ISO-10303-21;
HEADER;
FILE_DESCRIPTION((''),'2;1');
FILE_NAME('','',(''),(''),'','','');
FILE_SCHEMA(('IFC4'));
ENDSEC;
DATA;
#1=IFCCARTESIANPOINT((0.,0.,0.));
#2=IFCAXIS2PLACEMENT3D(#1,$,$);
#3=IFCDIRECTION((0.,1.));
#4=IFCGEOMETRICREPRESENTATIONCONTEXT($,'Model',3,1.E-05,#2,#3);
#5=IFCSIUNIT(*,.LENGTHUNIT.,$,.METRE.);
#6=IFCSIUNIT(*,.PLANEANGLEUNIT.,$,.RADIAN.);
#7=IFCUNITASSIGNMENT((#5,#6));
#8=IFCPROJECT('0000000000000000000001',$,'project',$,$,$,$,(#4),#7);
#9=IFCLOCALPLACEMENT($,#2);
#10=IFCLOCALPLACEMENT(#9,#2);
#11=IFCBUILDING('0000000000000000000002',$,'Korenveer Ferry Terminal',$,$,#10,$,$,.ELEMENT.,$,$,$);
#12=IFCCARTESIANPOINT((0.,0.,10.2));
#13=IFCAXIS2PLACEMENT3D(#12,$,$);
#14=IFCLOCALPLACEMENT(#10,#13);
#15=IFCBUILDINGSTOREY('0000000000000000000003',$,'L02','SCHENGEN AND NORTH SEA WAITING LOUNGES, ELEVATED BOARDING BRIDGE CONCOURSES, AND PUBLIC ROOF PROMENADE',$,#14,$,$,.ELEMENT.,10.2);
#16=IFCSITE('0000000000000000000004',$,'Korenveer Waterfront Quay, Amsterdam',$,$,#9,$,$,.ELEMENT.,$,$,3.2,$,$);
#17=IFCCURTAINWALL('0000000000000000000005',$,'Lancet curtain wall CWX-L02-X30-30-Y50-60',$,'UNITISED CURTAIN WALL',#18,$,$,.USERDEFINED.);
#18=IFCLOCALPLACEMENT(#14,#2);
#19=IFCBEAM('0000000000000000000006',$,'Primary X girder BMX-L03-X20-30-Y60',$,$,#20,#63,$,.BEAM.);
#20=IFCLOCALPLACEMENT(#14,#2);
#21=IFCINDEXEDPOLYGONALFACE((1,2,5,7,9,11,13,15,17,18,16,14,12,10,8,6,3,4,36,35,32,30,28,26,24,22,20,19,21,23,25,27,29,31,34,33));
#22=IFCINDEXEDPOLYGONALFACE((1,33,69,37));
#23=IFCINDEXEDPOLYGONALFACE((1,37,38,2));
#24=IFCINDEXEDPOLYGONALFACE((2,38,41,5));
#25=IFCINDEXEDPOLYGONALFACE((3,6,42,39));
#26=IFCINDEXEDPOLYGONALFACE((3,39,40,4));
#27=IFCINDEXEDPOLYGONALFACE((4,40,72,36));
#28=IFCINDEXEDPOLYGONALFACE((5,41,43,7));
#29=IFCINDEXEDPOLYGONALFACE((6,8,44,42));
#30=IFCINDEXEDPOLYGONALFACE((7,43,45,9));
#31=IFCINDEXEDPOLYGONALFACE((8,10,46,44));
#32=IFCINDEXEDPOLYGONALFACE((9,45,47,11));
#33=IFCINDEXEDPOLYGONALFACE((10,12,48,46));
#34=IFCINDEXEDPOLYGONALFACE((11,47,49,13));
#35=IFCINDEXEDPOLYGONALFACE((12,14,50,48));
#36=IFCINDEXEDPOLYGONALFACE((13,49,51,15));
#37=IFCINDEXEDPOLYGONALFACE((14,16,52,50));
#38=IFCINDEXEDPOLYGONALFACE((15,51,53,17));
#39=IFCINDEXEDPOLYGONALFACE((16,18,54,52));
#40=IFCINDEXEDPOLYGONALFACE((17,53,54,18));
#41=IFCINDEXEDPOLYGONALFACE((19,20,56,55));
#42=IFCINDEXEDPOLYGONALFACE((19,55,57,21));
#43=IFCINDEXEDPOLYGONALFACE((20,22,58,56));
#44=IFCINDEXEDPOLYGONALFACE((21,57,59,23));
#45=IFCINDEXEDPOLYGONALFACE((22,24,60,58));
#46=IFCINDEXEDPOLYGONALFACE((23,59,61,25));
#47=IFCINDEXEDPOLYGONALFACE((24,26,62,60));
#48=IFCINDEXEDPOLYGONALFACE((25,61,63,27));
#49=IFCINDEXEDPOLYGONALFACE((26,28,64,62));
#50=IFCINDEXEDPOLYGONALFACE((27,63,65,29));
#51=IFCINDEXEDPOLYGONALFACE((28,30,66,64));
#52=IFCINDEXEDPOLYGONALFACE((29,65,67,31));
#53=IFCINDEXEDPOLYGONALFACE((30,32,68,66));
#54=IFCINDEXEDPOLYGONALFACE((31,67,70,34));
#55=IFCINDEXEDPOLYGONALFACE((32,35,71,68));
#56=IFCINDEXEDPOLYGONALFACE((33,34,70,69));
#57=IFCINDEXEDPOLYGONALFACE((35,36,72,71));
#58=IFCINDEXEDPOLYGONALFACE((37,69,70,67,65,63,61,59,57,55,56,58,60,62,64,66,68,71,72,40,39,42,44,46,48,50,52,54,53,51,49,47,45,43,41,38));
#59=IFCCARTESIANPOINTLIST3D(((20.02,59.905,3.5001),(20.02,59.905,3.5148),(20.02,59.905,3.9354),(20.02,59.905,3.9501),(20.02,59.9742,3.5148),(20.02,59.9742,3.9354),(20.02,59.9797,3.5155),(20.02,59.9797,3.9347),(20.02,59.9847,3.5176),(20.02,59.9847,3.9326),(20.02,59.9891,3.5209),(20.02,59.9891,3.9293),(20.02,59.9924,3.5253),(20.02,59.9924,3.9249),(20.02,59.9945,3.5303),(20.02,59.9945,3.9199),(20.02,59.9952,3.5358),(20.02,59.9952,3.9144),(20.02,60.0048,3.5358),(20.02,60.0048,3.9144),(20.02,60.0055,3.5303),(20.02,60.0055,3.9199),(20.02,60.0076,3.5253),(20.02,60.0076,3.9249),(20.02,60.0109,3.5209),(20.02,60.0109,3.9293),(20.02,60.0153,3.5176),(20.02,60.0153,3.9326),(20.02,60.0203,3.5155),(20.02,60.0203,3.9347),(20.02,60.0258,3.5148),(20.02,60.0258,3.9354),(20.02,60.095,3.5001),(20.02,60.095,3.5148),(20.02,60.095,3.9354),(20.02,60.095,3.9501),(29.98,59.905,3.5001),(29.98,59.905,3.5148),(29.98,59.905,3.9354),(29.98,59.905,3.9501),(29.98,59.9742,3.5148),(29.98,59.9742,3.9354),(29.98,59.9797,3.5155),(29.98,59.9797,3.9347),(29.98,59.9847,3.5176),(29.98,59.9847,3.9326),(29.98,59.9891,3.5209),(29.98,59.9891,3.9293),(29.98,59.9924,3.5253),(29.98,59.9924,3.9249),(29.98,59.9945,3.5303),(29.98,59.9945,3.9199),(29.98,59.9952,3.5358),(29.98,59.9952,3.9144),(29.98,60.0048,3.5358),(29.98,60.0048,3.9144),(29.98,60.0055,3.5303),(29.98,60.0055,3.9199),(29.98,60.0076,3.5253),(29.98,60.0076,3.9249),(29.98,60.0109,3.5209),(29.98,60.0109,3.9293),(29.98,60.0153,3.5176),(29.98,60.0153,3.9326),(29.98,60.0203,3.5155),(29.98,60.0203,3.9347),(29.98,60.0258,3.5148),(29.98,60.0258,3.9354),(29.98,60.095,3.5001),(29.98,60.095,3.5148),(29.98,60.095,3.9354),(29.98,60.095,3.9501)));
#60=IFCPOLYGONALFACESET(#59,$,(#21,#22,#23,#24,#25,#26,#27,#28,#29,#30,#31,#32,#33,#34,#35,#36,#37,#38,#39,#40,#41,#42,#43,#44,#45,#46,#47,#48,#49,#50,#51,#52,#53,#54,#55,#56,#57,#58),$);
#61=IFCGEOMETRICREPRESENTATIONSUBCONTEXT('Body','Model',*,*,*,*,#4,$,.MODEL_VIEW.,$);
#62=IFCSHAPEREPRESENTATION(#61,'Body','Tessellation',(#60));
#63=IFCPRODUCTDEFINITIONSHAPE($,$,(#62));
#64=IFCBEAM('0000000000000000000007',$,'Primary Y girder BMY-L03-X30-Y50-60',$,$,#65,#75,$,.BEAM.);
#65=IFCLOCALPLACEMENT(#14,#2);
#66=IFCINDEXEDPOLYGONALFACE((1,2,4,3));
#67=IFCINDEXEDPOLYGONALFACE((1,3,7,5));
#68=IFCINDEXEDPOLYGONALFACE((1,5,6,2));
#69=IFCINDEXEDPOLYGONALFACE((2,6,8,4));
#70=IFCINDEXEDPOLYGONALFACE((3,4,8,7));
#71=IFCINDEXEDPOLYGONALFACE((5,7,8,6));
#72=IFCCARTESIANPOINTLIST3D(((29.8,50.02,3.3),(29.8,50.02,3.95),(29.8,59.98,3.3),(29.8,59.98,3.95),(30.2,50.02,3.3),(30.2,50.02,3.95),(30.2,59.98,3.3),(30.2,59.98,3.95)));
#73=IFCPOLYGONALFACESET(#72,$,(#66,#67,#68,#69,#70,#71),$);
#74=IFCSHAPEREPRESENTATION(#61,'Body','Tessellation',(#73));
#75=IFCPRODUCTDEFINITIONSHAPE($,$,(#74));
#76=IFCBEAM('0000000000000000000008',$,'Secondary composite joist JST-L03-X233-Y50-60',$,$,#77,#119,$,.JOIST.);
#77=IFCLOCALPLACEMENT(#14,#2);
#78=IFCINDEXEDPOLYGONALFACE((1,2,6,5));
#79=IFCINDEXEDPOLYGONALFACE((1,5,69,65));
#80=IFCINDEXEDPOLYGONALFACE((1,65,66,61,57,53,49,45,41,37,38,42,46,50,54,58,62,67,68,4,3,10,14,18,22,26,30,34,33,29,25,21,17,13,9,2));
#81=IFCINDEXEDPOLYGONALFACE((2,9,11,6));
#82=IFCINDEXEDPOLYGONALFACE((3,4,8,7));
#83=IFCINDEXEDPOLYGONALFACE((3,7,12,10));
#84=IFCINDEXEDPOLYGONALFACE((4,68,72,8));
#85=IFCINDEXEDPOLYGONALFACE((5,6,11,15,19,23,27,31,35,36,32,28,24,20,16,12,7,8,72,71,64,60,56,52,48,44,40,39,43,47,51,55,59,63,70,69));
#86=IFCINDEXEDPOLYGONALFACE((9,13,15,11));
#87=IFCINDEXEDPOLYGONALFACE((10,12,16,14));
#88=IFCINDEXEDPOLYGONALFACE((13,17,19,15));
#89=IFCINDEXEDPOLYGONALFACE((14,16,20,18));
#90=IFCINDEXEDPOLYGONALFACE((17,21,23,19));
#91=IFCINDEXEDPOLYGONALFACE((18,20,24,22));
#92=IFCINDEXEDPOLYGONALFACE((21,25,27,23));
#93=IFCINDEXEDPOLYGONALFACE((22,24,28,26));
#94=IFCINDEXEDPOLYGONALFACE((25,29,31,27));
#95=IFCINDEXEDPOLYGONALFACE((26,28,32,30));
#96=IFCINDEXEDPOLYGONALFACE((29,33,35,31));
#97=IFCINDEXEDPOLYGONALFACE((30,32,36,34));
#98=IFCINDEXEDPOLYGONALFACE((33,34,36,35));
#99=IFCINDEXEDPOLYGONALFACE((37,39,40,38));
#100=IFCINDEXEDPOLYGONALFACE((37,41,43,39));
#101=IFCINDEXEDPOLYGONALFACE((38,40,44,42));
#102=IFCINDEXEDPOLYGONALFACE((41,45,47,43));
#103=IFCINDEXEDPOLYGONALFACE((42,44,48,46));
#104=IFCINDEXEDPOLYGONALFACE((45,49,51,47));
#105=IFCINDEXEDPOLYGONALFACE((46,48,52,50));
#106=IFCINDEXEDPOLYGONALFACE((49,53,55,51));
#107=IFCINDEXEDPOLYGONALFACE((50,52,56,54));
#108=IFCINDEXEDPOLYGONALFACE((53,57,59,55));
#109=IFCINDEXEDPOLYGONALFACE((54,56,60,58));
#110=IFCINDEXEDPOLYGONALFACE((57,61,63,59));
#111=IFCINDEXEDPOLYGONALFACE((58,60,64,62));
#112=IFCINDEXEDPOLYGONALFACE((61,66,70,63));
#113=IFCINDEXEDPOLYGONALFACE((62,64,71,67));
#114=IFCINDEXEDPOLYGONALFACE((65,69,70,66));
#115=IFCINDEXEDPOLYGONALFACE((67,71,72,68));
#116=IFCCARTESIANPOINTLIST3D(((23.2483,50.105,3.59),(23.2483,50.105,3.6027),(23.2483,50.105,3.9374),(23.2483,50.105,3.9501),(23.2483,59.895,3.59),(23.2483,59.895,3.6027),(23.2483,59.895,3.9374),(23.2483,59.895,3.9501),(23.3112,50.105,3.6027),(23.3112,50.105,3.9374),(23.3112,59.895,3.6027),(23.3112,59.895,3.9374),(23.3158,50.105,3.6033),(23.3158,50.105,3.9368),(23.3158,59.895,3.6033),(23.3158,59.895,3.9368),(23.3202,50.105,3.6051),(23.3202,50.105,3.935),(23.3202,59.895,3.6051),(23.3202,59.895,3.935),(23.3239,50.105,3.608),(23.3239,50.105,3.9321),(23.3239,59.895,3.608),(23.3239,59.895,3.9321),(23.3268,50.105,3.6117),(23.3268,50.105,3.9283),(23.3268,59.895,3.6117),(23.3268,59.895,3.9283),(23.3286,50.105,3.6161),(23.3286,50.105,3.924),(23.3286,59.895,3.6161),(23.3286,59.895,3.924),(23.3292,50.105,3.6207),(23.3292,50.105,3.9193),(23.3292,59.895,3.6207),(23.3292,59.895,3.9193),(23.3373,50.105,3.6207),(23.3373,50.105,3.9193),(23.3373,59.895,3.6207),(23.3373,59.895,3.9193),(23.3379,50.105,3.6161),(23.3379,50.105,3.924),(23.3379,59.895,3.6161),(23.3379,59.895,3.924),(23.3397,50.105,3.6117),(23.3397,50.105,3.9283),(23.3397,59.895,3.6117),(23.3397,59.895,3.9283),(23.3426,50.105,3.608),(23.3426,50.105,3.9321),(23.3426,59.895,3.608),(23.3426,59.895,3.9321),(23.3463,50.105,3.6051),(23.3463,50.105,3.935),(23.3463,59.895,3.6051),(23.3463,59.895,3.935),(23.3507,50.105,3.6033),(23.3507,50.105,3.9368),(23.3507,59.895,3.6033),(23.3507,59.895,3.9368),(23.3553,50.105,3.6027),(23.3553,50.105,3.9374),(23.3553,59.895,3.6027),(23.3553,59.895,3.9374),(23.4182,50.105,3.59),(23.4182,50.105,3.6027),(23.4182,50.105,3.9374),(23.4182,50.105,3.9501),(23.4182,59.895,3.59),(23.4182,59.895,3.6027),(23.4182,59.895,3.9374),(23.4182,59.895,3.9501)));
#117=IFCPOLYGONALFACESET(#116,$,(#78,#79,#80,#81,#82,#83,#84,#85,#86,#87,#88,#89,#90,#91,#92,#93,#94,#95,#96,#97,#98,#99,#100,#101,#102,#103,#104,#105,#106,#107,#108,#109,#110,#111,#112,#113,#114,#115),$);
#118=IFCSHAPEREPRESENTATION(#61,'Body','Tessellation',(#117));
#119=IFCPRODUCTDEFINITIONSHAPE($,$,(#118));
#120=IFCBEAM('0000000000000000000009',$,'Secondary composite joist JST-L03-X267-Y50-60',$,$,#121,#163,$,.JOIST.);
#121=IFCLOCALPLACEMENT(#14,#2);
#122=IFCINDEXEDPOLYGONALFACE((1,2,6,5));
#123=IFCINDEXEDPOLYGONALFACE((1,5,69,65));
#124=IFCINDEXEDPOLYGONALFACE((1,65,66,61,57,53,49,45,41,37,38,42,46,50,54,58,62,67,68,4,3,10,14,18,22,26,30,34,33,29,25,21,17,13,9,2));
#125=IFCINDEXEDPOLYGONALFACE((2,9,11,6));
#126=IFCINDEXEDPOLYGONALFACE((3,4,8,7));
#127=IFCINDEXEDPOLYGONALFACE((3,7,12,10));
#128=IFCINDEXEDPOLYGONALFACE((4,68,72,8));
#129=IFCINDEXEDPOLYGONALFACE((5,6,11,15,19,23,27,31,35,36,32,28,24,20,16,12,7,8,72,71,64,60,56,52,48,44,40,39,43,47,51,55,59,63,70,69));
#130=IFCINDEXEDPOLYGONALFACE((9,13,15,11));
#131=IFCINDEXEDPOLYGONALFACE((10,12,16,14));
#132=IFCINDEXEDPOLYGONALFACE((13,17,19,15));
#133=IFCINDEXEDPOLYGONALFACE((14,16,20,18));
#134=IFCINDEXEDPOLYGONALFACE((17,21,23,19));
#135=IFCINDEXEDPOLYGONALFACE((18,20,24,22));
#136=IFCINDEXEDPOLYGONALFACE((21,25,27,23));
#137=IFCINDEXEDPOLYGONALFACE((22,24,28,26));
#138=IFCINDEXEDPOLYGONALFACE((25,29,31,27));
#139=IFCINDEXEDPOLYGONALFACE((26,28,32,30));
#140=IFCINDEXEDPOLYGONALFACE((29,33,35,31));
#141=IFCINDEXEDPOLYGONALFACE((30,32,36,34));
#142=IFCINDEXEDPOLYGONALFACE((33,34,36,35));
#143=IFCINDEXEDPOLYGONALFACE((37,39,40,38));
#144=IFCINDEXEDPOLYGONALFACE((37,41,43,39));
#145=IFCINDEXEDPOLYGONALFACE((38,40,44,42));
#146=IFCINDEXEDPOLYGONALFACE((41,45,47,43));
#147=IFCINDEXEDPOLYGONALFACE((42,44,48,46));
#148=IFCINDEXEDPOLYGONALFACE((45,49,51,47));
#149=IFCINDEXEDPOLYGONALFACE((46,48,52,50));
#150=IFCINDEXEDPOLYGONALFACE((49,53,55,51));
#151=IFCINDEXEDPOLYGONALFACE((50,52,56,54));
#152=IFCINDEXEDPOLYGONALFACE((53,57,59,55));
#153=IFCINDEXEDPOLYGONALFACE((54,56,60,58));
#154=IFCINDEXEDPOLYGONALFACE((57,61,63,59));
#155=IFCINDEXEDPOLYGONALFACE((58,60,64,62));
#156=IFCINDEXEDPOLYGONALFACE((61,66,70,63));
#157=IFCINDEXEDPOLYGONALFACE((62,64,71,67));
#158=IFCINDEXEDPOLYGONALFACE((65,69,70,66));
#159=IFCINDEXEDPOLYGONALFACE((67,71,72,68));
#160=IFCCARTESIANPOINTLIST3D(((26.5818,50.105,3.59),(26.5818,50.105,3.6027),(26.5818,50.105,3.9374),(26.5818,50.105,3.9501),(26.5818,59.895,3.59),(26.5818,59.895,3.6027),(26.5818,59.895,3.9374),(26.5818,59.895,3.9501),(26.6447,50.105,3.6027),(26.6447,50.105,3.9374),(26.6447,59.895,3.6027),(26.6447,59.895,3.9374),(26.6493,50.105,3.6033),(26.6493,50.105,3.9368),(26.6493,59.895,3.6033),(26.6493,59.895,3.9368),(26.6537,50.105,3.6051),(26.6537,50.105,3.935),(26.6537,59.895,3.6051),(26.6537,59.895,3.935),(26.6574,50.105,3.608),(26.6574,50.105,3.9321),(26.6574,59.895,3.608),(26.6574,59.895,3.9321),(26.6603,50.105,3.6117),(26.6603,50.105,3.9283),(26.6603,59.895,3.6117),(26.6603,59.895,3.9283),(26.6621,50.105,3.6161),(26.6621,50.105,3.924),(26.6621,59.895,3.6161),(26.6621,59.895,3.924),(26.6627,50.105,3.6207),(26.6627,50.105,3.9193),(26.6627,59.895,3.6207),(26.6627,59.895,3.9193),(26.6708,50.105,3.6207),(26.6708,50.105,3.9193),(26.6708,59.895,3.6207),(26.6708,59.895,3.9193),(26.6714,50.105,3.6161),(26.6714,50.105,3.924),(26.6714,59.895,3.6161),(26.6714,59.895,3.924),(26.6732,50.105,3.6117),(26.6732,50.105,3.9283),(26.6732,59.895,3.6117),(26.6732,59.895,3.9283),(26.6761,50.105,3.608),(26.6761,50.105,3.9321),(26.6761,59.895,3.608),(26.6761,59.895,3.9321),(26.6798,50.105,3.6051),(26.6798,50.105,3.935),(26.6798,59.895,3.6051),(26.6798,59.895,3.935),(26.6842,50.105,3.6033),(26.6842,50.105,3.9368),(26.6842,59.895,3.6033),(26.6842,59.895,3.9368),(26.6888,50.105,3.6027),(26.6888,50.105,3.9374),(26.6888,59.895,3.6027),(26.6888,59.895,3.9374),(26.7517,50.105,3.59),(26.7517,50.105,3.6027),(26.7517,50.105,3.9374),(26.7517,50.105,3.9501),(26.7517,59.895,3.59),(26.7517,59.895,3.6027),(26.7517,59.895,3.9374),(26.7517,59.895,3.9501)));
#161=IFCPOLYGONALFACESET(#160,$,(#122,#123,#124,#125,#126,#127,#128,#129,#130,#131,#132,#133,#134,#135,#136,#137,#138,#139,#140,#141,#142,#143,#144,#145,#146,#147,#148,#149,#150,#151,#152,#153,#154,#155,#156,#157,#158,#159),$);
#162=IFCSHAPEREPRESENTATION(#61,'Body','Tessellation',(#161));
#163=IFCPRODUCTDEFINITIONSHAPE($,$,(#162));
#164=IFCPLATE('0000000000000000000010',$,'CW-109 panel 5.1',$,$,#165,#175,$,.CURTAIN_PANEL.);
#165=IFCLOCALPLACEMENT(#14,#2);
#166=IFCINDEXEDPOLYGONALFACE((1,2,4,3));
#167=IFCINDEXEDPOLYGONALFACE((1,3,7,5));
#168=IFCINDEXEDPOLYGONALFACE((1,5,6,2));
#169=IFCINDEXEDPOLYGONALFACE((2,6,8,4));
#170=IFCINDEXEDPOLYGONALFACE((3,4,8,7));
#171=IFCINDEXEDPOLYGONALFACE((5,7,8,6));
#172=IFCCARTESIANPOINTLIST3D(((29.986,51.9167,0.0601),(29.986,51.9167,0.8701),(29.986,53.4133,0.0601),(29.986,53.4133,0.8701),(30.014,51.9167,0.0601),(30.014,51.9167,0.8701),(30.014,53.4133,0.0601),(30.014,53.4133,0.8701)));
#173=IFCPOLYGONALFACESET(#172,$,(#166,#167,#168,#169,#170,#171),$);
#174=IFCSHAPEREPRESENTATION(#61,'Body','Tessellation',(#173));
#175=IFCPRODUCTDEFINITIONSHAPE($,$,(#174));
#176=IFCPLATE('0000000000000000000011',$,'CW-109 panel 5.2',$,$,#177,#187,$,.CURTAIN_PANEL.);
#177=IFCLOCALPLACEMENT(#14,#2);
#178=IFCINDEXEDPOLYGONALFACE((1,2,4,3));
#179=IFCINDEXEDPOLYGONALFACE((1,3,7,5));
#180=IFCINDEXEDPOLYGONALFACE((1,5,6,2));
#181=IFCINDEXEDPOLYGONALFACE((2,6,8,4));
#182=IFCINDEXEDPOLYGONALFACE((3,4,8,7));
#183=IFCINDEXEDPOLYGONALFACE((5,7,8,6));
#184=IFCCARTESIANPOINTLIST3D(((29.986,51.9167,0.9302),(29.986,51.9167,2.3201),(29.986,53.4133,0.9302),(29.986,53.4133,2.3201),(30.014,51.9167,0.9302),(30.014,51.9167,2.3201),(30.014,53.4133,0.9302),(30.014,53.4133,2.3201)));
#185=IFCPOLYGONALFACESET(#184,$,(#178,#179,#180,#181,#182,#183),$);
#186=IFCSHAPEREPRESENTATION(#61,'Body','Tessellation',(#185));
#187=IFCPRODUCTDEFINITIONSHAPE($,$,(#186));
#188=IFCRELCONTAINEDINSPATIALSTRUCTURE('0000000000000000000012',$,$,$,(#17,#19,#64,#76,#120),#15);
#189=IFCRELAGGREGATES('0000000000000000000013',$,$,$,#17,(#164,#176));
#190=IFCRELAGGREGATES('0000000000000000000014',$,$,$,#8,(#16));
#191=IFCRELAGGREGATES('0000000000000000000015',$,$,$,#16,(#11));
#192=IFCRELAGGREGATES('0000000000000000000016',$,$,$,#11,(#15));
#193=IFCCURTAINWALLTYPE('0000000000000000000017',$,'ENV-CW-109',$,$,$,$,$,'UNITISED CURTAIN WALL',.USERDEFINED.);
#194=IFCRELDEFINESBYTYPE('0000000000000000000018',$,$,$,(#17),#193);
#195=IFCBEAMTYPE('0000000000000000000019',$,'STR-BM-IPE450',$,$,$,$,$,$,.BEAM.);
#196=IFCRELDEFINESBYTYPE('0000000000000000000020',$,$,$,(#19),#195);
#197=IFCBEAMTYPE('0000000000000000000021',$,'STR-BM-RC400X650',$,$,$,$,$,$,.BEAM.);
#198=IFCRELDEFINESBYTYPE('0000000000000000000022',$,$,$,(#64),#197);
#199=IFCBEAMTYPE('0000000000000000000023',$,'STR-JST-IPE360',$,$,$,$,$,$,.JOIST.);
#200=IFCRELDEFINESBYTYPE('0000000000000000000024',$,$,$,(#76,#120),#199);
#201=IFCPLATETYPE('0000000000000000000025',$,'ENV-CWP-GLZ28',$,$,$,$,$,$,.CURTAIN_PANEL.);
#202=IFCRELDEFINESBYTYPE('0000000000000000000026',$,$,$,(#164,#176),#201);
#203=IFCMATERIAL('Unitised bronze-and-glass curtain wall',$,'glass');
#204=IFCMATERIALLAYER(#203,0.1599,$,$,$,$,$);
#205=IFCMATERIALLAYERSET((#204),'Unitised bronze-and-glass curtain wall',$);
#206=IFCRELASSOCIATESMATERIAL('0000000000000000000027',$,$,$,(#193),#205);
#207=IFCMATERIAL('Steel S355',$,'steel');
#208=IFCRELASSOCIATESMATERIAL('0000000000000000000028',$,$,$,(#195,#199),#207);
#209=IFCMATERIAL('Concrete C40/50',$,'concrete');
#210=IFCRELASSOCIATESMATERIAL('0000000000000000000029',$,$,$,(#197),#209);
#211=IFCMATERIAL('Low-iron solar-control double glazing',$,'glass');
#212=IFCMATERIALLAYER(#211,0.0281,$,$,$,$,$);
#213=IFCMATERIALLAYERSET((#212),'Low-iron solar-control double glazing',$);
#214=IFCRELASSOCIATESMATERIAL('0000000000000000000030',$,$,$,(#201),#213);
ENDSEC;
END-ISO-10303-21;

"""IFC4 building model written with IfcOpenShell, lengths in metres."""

from ifc_helpers import new_model, si_unit, direction, frame, origin, origin_2d, place, context, subcontext, project, spatial, rectangle, i_section, extrude, material, layer, layer_set, material_profile, profile_set, type_object, element, aggregate, save


model = new_model("IFC4")

# Units and contexts
model_context = context("Model", 3, precision=1e-05, world=origin(), true_north=direction((0.0, 1.0)))
body_context = subcontext(model_context, "Body", "Model", "MODEL_VIEW")
ifc_project = project(units=[si_unit("LENGTHUNIT", "METRE"), si_unit("PLANEANGLEUNIT", "RADIAN")], contexts=[model_context])

# Site, building, storey
site_placement = place(None, origin())
site = spatial("IfcSite", under=ifc_project, at=site_placement, Name="Korenveer Waterfront Quay, Amsterdam", CompositionType="ELEMENT", RefElevation=3.2)
building_placement = place(site_placement, origin())
building = spatial("IfcBuilding", under=site, at=building_placement, Name="Korenveer Ferry Terminal", CompositionType="ELEMENT")
storey_placement = place(building_placement, frame((0.0, 0.0, 10.2)))
storey = spatial("IfcBuildingStorey", under=building, at=storey_placement, Name="L02", Description="SCHENGEN AND NORTH SEA WAITING LOUNGES, ELEVATED BOARDING BRIDGE CONCOURSES, AND PUBLIC ROOF PROMENADE", CompositionType="ELEMENT", Elevation=10.2)

# Curtain wall
ifc_material_1 = material(Name="Unitised bronze-and-glass curtain wall", Category="glass")
ifc_layer_1 = layer(ifc_material_1, 0.1599)
ifc_layer_set_1 = layer_set([ifc_layer_1], Name="Unitised bronze-and-glass curtain wall")
curtain_wall_type = type_object("IfcCurtainWallType", Name="ENV-CW-109", ElementType="UNITISED CURTAIN WALL", PredefinedType="USERDEFINED", material=ifc_layer_set_1)
curtain_wall_placement = place(storey_placement, frame((30.0, 59.6699, 0.0)))
curtain_wall = element("IfcCurtainWall", 1, at=curtain_wall_placement, inside=storey, type_object=curtain_wall_type, Name="Lancet curtain wall CWX-L02-X30-30-Y50-60", ObjectType="UNITISED CURTAIN WALL", PredefinedType="USERDEFINED")

# Beams
ifc_material_2 = material(Name="Steel S355", Category="steel")
ifc_material_profile_1 = material_profile(ifc_material_2, i_section(OverallWidth=0.1899, OverallDepth=0.45, WebThickness=0.0095, FlangeThickness=0.0146, FilletRadius=0.021, at=origin_2d()), Name="IPE 450")
ifc_profile_set_1 = profile_set([ifc_material_profile_1], Name="Steel S355")
beam_type_1 = type_object("IfcBeamType", Name="STR-BM-IPE450", PredefinedType="BEAM", material=ifc_profile_set_1)
beam_1_placement = place(storey_placement, frame((20.02, 60.0, 3.7251), z_axis=(1.0, 0.0, 0.0), x_axis=(0.0, 1.0, 0.0)))
element("IfcBeam", 2, at=beam_1_placement, inside=storey, type_object=beam_type_1, Name="Primary X girder BMX-L03-X20-30-Y60", PredefinedType="BEAM", context=body_context, shape_type="SweptSolid", body=[
    extrude(i_section(OverallWidth=0.1899, OverallDepth=0.45, WebThickness=0.0095, FlangeThickness=0.0146, FilletRadius=0.021, at=origin_2d()), origin(), (0.0, 0.0, 1.0), 9.96),
])
ifc_material_3 = material(Name="Concrete C40/50", Category="concrete")
ifc_material_profile_2 = material_profile(ifc_material_3, rectangle(XDim=0.3999, YDim=0.6499, at=origin_2d()), Name="RC 400x650")
ifc_profile_set_2 = profile_set([ifc_material_profile_2], Name="Concrete C40/50")
beam_type_2 = type_object("IfcBeamType", Name="STR-BM-RC400X650", PredefinedType="BEAM", material=ifc_profile_set_2)
beam_2_placement = place(storey_placement, frame((30.0, 50.02, 3.625), z_axis=(0.0, 1.0, 0.0), x_axis=(-1.0, 0.0, 0.0)))
element("IfcBeam", 3, at=beam_2_placement, inside=storey, type_object=beam_type_2, Name="Primary Y girder BMY-L03-X30-Y50-60", PredefinedType="BEAM", context=body_context, shape_type="SweptSolid", body=[
    extrude(rectangle(XDim=0.3999, YDim=0.6499, at=origin_2d()), origin(), (0.0, 0.0, 1.0), 9.96),
])
ifc_material_profile_3 = material_profile(ifc_material_2, i_section(OverallWidth=0.1699, OverallDepth=0.3601, WebThickness=0.0081, FlangeThickness=0.0127, FilletRadius=0.0181, at=origin_2d()), Name="IPE 360")
ifc_profile_set_3 = profile_set([ifc_material_profile_3], Name="Steel S355")
beam_type_3 = type_object("IfcBeamType", Name="STR-JST-IPE360", PredefinedType="JOIST", material=ifc_profile_set_3)
for number, where, z_axis, x_axis, name in (
    (4, (23.3333, 50.105, 3.77), (0.0, 1.0, 0.0), (-1.0, 0.0, 0.0), "Secondary composite joist JST-L03-X233-Y50-60"),
    (5, (26.6667, 50.105, 3.77), (0.0, 1.0, 0.0), (-1.0, 0.0, 0.0), "Secondary composite joist JST-L03-X267-Y50-60"),
):
    element("IfcBeam", number, at=place(storey_placement, frame(where, z_axis=z_axis, x_axis=x_axis)), inside=storey, type_object=beam_type_3, Name=name, PredefinedType="JOIST", context=body_context, shape_type="SweptSolid", body=[
        extrude(i_section(OverallWidth=0.1699, OverallDepth=0.3601, WebThickness=0.0081, FlangeThickness=0.0127, FilletRadius=0.0181, at=origin_2d()), origin(), (0.0, 0.0, 1.0), 9.79),
    ])

# Plates
ifc_material_4 = material(Name="Low-iron solar-control double glazing", Category="glass")
ifc_layer_2 = layer(ifc_material_4, 0.0281)
ifc_layer_set_2 = layer_set([ifc_layer_2], Name="Low-iron solar-control double glazing")
plate_type = type_object("IfcPlateType", Name="ENV-CWP-GLZ28", PredefinedType="CURTAIN_PANEL", material=ifc_layer_set_2)
plate_1_placement = place(storey_placement, frame((30.0, 52.665, 0.0601), z_axis=(0.0, 0.0, 1.0), x_axis=(0.0, -1.0, 0.0)))
plate_1 = element("IfcPlate", 6, at=plate_1_placement, type_object=plate_type, Name="CW-109 panel 5.1", PredefinedType="CURTAIN_PANEL", context=body_context, shape_type="SweptSolid", body=[
    extrude(rectangle(XDim=1.4966, YDim=0.0281, at=origin_2d()), origin(), (0.0, 0.0, 1.0), 0.8101),
])
plate_2_placement = place(storey_placement, frame((30.0, 52.665, 0.9302), z_axis=(0.0, 0.0, 1.0), x_axis=(0.0, -1.0, 0.0)))
plate_2 = element("IfcPlate", 7, at=plate_2_placement, type_object=plate_type, Name="CW-109 panel 5.2", PredefinedType="CURTAIN_PANEL", context=body_context, shape_type="SweptSolid", body=[
    extrude(rectangle(XDim=1.4966, YDim=0.0281, at=origin_2d()), origin(), (0.0, 0.0, 1.0), 1.3899),
])
aggregate(curtain_wall, [plate_1, plate_2])

save(model, "model.ifc")
